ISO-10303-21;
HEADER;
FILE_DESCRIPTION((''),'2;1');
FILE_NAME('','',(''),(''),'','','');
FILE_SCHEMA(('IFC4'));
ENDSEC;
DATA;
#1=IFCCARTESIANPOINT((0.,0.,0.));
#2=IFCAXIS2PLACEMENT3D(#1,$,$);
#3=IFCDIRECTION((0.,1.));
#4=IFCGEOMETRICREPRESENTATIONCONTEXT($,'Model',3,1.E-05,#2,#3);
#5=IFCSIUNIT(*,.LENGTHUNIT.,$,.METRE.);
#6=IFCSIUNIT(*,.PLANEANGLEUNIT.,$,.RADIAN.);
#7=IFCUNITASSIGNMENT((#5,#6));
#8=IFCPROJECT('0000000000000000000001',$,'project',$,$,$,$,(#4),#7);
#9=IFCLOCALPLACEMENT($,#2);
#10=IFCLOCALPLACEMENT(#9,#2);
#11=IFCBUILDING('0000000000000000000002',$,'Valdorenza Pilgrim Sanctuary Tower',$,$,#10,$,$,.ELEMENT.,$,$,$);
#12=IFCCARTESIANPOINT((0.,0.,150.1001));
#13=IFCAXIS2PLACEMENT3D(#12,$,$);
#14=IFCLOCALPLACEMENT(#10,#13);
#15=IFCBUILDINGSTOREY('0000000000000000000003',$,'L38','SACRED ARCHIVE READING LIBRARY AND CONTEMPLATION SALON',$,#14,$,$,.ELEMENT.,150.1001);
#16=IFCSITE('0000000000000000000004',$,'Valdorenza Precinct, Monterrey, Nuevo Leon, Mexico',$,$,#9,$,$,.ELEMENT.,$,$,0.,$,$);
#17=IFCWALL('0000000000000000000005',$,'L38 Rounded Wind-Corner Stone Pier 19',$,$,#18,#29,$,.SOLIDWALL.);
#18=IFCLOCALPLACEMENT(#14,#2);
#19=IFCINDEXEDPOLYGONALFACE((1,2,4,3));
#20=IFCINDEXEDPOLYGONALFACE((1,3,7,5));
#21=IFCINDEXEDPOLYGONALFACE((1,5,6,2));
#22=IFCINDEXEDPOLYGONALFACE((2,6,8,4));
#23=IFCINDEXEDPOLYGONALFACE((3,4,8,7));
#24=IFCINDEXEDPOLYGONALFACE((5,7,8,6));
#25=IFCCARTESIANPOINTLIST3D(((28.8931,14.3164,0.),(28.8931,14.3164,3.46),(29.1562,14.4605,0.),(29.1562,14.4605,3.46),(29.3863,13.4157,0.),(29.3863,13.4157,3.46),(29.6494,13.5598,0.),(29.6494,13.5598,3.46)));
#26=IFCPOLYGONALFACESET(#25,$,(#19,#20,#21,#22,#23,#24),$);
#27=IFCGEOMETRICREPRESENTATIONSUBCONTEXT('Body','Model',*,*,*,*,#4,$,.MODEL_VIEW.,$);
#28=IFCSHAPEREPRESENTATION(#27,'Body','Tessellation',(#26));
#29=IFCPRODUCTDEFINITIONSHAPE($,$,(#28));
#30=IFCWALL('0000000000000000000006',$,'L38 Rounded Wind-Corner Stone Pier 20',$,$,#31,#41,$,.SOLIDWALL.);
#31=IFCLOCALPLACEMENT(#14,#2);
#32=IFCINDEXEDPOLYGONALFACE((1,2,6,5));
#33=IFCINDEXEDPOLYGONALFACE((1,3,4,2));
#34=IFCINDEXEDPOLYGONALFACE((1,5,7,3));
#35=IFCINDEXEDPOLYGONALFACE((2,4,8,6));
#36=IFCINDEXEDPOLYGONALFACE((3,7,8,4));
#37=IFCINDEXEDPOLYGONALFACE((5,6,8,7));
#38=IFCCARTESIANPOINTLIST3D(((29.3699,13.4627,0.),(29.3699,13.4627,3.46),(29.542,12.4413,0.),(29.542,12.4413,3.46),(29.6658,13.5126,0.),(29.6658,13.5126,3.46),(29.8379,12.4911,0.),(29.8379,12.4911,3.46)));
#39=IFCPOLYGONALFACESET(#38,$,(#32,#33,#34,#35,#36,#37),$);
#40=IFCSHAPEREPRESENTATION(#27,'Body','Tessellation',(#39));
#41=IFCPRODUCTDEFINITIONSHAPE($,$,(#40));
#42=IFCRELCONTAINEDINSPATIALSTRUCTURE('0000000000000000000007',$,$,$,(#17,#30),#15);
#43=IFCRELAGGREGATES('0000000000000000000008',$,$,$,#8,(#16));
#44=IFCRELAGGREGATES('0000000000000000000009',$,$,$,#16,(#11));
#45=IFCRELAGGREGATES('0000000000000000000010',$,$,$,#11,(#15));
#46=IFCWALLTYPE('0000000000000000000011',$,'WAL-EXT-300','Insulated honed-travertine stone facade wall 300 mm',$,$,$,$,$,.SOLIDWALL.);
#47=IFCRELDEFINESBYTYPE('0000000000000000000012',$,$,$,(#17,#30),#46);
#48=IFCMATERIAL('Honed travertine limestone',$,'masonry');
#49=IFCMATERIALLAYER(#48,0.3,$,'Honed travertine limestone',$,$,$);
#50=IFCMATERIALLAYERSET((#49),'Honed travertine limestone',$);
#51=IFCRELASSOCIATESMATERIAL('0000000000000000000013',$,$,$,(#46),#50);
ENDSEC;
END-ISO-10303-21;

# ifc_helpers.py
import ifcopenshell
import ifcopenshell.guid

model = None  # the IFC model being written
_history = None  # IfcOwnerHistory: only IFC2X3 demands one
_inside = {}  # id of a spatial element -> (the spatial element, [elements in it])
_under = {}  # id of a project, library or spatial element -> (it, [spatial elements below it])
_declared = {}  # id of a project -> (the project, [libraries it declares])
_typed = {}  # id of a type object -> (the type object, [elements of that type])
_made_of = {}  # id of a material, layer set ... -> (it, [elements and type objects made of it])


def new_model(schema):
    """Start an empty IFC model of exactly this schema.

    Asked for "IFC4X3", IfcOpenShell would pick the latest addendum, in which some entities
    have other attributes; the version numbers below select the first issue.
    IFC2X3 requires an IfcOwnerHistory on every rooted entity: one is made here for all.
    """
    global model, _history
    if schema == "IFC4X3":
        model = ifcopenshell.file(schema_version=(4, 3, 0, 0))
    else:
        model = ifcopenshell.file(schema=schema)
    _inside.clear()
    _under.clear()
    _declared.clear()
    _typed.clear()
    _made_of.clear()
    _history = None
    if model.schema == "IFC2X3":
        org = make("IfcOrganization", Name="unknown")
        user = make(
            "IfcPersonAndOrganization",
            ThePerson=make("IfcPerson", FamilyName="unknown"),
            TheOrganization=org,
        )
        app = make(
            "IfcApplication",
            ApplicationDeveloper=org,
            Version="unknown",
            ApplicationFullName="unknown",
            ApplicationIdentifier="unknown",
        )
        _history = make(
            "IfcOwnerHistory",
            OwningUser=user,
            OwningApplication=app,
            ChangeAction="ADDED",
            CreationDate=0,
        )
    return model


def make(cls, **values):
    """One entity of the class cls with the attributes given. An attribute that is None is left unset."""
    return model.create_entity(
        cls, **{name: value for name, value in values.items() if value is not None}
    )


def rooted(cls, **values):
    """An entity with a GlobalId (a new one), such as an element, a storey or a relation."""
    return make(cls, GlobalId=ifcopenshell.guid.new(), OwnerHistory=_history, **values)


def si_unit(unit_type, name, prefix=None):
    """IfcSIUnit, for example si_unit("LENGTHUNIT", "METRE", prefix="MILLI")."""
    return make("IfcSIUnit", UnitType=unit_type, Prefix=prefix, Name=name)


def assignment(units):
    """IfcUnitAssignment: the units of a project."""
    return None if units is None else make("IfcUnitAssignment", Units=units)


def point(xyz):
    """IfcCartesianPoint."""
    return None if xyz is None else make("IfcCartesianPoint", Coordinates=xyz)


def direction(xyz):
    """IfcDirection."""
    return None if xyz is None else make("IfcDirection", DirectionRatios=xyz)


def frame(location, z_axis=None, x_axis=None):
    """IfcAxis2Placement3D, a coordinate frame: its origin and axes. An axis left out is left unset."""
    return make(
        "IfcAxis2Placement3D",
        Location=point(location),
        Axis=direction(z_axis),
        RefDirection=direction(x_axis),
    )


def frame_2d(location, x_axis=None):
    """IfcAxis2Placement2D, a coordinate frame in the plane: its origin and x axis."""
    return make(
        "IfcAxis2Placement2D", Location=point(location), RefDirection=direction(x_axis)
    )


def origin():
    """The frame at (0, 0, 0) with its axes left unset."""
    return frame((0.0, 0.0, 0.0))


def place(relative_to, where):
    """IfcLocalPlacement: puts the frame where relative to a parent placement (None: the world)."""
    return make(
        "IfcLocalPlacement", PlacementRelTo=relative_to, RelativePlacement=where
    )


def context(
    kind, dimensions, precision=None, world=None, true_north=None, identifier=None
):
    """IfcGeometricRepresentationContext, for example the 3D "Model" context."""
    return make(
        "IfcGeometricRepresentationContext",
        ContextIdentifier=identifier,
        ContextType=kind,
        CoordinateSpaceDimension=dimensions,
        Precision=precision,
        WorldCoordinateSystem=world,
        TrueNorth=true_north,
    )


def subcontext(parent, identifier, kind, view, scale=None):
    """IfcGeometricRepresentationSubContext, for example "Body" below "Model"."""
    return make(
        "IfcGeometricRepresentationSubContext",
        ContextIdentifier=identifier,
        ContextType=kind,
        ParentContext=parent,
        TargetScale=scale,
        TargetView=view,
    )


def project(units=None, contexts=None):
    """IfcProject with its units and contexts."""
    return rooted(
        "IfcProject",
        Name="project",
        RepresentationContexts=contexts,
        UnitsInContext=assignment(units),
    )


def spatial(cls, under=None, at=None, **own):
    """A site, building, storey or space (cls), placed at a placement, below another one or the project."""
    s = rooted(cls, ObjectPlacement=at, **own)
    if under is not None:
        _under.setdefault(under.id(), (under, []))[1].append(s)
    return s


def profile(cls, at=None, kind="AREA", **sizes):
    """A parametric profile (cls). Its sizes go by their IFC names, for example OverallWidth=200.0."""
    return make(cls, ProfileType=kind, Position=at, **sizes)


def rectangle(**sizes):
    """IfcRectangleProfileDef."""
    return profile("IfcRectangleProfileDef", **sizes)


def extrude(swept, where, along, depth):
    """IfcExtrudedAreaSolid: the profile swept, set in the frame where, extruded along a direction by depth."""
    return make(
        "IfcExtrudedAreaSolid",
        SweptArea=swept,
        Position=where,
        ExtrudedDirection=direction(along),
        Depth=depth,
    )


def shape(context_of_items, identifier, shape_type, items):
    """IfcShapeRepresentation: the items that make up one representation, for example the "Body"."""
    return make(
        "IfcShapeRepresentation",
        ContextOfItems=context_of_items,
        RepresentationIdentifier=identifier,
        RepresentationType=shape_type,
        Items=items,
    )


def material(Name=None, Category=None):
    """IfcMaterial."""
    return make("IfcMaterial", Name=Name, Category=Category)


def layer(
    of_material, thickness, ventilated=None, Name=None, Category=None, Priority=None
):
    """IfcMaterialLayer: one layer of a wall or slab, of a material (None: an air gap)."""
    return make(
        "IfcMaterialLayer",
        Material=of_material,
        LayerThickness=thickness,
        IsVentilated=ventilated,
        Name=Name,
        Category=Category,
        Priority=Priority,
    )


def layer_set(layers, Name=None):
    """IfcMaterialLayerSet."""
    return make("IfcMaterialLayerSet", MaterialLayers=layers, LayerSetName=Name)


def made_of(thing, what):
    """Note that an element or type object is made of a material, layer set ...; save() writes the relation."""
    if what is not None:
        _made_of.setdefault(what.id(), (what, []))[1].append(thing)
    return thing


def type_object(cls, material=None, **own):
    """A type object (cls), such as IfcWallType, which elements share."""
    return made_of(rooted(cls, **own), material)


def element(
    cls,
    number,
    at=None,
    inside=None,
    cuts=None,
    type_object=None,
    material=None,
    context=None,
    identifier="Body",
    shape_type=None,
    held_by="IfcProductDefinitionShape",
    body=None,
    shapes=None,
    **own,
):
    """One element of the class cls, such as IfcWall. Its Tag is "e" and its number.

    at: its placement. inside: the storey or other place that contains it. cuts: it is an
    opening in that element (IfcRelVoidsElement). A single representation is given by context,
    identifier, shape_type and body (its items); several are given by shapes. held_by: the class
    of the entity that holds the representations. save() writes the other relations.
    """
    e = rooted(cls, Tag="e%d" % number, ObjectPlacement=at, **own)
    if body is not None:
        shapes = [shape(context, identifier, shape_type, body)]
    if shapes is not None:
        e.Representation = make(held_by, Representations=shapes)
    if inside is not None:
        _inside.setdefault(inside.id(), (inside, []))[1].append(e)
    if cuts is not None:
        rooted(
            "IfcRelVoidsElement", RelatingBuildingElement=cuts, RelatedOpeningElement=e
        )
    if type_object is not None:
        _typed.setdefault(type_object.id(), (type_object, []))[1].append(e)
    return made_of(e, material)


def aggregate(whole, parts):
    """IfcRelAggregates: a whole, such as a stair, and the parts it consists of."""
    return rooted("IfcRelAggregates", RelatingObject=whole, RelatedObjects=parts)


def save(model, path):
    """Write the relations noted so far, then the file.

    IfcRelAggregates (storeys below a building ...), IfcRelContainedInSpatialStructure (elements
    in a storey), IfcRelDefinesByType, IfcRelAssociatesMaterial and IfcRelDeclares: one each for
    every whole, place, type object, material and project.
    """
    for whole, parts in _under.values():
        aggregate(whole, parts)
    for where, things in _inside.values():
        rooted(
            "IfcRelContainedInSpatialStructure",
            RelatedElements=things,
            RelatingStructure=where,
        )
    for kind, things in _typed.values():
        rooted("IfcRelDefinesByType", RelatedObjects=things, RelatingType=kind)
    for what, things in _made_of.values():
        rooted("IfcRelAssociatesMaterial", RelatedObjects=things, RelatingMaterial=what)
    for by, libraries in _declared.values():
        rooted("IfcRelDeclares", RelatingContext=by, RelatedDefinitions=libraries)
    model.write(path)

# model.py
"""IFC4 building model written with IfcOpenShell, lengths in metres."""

from ifc_helpers import new_model, si_unit, direction, frame, frame_2d, origin, place, context, subcontext, project, spatial, rectangle, extrude, material, layer, layer_set, type_object, element, save


model = new_model("IFC4")

# Units and contexts
model_context = context("Model", 3, precision=1e-05, world=origin(), true_north=direction((0.0, 1.0)))
body_context = subcontext(model_context, "Body", "Model", "MODEL_VIEW")
ifc_project = project(units=[si_unit("LENGTHUNIT", "METRE"), si_unit("PLANEANGLEUNIT", "RADIAN")], contexts=[model_context])

# Site, building, storey
site_placement = place(None, origin())
site = spatial("IfcSite", under=ifc_project, at=site_placement, Name="Valdorenza Precinct, Monterrey, Nuevo Leon, Mexico", CompositionType="ELEMENT", RefElevation=0.0)
building_placement = place(site_placement, origin())
building = spatial("IfcBuilding", under=site, at=building_placement, Name="Valdorenza Pilgrim Sanctuary Tower", CompositionType="ELEMENT")
storey_placement = place(building_placement, frame((0.0, 0.0, 150.1001)))
storey = spatial("IfcBuildingStorey", under=building, at=storey_placement, Name="L38", Description="SACRED ARCHIVE READING LIBRARY AND CONTEMPLATION SALON", CompositionType="ELEMENT", Elevation=150.1001)

# Shared definitions
ifc_material_1 = material(Name="Honed travertine limestone", Category="masonry")

# Walls
ifc_layer_1 = layer(ifc_material_1, 0.3, Name="Honed travertine limestone")
ifc_layer_set_1 = layer_set([ifc_layer_1], Name="Honed travertine limestone")
wall_type_1 = type_object("IfcWallType", Name="WAL-EXT-300", Description="Insulated honed-travertine stone facade wall 300 mm", PredefinedType="SOLIDWALL", material=ifc_layer_set_1)
wall_1_placement = place(storey_placement, frame((29.0247, 14.3884, 0.0), z_axis=(0.0, 0.0, 1.0), x_axis=(0.480284, -0.877113, 0.0)))
element("IfcWall", 1, at=wall_1_placement, inside=storey, type_object=wall_type_1, Name="L38 Rounded Wind-Corner Stone Pier 19", PredefinedType="SOLIDWALL", context=body_context, shape_type="SweptSolid", body=[
    extrude(rectangle(XDim=1.0269, YDim=0.3, at=frame_2d((0.5134, 0.0))), origin(), (0.0, 0.0, 1.0), 3.46),
])
wall_2_placement = place(storey_placement, frame((29.5178, 13.4878, 0.0), z_axis=(0.0, 0.0, 1.0), x_axis=(0.166157, -0.986099, 0.0)))
element("IfcWall", 2, at=wall_2_placement, inside=storey, type_object=wall_type_1, Name="L38 Rounded Wind-Corner Stone Pier 20", PredefinedType="SOLIDWALL", context=body_context, shape_type="SweptSolid", body=[
    extrude(rectangle(XDim=1.0359, YDim=0.3, at=frame_2d((0.5181, 0.0))), origin(), (0.0, 0.0, 1.0), 3.46),
])

save(model, "model.ifc")
